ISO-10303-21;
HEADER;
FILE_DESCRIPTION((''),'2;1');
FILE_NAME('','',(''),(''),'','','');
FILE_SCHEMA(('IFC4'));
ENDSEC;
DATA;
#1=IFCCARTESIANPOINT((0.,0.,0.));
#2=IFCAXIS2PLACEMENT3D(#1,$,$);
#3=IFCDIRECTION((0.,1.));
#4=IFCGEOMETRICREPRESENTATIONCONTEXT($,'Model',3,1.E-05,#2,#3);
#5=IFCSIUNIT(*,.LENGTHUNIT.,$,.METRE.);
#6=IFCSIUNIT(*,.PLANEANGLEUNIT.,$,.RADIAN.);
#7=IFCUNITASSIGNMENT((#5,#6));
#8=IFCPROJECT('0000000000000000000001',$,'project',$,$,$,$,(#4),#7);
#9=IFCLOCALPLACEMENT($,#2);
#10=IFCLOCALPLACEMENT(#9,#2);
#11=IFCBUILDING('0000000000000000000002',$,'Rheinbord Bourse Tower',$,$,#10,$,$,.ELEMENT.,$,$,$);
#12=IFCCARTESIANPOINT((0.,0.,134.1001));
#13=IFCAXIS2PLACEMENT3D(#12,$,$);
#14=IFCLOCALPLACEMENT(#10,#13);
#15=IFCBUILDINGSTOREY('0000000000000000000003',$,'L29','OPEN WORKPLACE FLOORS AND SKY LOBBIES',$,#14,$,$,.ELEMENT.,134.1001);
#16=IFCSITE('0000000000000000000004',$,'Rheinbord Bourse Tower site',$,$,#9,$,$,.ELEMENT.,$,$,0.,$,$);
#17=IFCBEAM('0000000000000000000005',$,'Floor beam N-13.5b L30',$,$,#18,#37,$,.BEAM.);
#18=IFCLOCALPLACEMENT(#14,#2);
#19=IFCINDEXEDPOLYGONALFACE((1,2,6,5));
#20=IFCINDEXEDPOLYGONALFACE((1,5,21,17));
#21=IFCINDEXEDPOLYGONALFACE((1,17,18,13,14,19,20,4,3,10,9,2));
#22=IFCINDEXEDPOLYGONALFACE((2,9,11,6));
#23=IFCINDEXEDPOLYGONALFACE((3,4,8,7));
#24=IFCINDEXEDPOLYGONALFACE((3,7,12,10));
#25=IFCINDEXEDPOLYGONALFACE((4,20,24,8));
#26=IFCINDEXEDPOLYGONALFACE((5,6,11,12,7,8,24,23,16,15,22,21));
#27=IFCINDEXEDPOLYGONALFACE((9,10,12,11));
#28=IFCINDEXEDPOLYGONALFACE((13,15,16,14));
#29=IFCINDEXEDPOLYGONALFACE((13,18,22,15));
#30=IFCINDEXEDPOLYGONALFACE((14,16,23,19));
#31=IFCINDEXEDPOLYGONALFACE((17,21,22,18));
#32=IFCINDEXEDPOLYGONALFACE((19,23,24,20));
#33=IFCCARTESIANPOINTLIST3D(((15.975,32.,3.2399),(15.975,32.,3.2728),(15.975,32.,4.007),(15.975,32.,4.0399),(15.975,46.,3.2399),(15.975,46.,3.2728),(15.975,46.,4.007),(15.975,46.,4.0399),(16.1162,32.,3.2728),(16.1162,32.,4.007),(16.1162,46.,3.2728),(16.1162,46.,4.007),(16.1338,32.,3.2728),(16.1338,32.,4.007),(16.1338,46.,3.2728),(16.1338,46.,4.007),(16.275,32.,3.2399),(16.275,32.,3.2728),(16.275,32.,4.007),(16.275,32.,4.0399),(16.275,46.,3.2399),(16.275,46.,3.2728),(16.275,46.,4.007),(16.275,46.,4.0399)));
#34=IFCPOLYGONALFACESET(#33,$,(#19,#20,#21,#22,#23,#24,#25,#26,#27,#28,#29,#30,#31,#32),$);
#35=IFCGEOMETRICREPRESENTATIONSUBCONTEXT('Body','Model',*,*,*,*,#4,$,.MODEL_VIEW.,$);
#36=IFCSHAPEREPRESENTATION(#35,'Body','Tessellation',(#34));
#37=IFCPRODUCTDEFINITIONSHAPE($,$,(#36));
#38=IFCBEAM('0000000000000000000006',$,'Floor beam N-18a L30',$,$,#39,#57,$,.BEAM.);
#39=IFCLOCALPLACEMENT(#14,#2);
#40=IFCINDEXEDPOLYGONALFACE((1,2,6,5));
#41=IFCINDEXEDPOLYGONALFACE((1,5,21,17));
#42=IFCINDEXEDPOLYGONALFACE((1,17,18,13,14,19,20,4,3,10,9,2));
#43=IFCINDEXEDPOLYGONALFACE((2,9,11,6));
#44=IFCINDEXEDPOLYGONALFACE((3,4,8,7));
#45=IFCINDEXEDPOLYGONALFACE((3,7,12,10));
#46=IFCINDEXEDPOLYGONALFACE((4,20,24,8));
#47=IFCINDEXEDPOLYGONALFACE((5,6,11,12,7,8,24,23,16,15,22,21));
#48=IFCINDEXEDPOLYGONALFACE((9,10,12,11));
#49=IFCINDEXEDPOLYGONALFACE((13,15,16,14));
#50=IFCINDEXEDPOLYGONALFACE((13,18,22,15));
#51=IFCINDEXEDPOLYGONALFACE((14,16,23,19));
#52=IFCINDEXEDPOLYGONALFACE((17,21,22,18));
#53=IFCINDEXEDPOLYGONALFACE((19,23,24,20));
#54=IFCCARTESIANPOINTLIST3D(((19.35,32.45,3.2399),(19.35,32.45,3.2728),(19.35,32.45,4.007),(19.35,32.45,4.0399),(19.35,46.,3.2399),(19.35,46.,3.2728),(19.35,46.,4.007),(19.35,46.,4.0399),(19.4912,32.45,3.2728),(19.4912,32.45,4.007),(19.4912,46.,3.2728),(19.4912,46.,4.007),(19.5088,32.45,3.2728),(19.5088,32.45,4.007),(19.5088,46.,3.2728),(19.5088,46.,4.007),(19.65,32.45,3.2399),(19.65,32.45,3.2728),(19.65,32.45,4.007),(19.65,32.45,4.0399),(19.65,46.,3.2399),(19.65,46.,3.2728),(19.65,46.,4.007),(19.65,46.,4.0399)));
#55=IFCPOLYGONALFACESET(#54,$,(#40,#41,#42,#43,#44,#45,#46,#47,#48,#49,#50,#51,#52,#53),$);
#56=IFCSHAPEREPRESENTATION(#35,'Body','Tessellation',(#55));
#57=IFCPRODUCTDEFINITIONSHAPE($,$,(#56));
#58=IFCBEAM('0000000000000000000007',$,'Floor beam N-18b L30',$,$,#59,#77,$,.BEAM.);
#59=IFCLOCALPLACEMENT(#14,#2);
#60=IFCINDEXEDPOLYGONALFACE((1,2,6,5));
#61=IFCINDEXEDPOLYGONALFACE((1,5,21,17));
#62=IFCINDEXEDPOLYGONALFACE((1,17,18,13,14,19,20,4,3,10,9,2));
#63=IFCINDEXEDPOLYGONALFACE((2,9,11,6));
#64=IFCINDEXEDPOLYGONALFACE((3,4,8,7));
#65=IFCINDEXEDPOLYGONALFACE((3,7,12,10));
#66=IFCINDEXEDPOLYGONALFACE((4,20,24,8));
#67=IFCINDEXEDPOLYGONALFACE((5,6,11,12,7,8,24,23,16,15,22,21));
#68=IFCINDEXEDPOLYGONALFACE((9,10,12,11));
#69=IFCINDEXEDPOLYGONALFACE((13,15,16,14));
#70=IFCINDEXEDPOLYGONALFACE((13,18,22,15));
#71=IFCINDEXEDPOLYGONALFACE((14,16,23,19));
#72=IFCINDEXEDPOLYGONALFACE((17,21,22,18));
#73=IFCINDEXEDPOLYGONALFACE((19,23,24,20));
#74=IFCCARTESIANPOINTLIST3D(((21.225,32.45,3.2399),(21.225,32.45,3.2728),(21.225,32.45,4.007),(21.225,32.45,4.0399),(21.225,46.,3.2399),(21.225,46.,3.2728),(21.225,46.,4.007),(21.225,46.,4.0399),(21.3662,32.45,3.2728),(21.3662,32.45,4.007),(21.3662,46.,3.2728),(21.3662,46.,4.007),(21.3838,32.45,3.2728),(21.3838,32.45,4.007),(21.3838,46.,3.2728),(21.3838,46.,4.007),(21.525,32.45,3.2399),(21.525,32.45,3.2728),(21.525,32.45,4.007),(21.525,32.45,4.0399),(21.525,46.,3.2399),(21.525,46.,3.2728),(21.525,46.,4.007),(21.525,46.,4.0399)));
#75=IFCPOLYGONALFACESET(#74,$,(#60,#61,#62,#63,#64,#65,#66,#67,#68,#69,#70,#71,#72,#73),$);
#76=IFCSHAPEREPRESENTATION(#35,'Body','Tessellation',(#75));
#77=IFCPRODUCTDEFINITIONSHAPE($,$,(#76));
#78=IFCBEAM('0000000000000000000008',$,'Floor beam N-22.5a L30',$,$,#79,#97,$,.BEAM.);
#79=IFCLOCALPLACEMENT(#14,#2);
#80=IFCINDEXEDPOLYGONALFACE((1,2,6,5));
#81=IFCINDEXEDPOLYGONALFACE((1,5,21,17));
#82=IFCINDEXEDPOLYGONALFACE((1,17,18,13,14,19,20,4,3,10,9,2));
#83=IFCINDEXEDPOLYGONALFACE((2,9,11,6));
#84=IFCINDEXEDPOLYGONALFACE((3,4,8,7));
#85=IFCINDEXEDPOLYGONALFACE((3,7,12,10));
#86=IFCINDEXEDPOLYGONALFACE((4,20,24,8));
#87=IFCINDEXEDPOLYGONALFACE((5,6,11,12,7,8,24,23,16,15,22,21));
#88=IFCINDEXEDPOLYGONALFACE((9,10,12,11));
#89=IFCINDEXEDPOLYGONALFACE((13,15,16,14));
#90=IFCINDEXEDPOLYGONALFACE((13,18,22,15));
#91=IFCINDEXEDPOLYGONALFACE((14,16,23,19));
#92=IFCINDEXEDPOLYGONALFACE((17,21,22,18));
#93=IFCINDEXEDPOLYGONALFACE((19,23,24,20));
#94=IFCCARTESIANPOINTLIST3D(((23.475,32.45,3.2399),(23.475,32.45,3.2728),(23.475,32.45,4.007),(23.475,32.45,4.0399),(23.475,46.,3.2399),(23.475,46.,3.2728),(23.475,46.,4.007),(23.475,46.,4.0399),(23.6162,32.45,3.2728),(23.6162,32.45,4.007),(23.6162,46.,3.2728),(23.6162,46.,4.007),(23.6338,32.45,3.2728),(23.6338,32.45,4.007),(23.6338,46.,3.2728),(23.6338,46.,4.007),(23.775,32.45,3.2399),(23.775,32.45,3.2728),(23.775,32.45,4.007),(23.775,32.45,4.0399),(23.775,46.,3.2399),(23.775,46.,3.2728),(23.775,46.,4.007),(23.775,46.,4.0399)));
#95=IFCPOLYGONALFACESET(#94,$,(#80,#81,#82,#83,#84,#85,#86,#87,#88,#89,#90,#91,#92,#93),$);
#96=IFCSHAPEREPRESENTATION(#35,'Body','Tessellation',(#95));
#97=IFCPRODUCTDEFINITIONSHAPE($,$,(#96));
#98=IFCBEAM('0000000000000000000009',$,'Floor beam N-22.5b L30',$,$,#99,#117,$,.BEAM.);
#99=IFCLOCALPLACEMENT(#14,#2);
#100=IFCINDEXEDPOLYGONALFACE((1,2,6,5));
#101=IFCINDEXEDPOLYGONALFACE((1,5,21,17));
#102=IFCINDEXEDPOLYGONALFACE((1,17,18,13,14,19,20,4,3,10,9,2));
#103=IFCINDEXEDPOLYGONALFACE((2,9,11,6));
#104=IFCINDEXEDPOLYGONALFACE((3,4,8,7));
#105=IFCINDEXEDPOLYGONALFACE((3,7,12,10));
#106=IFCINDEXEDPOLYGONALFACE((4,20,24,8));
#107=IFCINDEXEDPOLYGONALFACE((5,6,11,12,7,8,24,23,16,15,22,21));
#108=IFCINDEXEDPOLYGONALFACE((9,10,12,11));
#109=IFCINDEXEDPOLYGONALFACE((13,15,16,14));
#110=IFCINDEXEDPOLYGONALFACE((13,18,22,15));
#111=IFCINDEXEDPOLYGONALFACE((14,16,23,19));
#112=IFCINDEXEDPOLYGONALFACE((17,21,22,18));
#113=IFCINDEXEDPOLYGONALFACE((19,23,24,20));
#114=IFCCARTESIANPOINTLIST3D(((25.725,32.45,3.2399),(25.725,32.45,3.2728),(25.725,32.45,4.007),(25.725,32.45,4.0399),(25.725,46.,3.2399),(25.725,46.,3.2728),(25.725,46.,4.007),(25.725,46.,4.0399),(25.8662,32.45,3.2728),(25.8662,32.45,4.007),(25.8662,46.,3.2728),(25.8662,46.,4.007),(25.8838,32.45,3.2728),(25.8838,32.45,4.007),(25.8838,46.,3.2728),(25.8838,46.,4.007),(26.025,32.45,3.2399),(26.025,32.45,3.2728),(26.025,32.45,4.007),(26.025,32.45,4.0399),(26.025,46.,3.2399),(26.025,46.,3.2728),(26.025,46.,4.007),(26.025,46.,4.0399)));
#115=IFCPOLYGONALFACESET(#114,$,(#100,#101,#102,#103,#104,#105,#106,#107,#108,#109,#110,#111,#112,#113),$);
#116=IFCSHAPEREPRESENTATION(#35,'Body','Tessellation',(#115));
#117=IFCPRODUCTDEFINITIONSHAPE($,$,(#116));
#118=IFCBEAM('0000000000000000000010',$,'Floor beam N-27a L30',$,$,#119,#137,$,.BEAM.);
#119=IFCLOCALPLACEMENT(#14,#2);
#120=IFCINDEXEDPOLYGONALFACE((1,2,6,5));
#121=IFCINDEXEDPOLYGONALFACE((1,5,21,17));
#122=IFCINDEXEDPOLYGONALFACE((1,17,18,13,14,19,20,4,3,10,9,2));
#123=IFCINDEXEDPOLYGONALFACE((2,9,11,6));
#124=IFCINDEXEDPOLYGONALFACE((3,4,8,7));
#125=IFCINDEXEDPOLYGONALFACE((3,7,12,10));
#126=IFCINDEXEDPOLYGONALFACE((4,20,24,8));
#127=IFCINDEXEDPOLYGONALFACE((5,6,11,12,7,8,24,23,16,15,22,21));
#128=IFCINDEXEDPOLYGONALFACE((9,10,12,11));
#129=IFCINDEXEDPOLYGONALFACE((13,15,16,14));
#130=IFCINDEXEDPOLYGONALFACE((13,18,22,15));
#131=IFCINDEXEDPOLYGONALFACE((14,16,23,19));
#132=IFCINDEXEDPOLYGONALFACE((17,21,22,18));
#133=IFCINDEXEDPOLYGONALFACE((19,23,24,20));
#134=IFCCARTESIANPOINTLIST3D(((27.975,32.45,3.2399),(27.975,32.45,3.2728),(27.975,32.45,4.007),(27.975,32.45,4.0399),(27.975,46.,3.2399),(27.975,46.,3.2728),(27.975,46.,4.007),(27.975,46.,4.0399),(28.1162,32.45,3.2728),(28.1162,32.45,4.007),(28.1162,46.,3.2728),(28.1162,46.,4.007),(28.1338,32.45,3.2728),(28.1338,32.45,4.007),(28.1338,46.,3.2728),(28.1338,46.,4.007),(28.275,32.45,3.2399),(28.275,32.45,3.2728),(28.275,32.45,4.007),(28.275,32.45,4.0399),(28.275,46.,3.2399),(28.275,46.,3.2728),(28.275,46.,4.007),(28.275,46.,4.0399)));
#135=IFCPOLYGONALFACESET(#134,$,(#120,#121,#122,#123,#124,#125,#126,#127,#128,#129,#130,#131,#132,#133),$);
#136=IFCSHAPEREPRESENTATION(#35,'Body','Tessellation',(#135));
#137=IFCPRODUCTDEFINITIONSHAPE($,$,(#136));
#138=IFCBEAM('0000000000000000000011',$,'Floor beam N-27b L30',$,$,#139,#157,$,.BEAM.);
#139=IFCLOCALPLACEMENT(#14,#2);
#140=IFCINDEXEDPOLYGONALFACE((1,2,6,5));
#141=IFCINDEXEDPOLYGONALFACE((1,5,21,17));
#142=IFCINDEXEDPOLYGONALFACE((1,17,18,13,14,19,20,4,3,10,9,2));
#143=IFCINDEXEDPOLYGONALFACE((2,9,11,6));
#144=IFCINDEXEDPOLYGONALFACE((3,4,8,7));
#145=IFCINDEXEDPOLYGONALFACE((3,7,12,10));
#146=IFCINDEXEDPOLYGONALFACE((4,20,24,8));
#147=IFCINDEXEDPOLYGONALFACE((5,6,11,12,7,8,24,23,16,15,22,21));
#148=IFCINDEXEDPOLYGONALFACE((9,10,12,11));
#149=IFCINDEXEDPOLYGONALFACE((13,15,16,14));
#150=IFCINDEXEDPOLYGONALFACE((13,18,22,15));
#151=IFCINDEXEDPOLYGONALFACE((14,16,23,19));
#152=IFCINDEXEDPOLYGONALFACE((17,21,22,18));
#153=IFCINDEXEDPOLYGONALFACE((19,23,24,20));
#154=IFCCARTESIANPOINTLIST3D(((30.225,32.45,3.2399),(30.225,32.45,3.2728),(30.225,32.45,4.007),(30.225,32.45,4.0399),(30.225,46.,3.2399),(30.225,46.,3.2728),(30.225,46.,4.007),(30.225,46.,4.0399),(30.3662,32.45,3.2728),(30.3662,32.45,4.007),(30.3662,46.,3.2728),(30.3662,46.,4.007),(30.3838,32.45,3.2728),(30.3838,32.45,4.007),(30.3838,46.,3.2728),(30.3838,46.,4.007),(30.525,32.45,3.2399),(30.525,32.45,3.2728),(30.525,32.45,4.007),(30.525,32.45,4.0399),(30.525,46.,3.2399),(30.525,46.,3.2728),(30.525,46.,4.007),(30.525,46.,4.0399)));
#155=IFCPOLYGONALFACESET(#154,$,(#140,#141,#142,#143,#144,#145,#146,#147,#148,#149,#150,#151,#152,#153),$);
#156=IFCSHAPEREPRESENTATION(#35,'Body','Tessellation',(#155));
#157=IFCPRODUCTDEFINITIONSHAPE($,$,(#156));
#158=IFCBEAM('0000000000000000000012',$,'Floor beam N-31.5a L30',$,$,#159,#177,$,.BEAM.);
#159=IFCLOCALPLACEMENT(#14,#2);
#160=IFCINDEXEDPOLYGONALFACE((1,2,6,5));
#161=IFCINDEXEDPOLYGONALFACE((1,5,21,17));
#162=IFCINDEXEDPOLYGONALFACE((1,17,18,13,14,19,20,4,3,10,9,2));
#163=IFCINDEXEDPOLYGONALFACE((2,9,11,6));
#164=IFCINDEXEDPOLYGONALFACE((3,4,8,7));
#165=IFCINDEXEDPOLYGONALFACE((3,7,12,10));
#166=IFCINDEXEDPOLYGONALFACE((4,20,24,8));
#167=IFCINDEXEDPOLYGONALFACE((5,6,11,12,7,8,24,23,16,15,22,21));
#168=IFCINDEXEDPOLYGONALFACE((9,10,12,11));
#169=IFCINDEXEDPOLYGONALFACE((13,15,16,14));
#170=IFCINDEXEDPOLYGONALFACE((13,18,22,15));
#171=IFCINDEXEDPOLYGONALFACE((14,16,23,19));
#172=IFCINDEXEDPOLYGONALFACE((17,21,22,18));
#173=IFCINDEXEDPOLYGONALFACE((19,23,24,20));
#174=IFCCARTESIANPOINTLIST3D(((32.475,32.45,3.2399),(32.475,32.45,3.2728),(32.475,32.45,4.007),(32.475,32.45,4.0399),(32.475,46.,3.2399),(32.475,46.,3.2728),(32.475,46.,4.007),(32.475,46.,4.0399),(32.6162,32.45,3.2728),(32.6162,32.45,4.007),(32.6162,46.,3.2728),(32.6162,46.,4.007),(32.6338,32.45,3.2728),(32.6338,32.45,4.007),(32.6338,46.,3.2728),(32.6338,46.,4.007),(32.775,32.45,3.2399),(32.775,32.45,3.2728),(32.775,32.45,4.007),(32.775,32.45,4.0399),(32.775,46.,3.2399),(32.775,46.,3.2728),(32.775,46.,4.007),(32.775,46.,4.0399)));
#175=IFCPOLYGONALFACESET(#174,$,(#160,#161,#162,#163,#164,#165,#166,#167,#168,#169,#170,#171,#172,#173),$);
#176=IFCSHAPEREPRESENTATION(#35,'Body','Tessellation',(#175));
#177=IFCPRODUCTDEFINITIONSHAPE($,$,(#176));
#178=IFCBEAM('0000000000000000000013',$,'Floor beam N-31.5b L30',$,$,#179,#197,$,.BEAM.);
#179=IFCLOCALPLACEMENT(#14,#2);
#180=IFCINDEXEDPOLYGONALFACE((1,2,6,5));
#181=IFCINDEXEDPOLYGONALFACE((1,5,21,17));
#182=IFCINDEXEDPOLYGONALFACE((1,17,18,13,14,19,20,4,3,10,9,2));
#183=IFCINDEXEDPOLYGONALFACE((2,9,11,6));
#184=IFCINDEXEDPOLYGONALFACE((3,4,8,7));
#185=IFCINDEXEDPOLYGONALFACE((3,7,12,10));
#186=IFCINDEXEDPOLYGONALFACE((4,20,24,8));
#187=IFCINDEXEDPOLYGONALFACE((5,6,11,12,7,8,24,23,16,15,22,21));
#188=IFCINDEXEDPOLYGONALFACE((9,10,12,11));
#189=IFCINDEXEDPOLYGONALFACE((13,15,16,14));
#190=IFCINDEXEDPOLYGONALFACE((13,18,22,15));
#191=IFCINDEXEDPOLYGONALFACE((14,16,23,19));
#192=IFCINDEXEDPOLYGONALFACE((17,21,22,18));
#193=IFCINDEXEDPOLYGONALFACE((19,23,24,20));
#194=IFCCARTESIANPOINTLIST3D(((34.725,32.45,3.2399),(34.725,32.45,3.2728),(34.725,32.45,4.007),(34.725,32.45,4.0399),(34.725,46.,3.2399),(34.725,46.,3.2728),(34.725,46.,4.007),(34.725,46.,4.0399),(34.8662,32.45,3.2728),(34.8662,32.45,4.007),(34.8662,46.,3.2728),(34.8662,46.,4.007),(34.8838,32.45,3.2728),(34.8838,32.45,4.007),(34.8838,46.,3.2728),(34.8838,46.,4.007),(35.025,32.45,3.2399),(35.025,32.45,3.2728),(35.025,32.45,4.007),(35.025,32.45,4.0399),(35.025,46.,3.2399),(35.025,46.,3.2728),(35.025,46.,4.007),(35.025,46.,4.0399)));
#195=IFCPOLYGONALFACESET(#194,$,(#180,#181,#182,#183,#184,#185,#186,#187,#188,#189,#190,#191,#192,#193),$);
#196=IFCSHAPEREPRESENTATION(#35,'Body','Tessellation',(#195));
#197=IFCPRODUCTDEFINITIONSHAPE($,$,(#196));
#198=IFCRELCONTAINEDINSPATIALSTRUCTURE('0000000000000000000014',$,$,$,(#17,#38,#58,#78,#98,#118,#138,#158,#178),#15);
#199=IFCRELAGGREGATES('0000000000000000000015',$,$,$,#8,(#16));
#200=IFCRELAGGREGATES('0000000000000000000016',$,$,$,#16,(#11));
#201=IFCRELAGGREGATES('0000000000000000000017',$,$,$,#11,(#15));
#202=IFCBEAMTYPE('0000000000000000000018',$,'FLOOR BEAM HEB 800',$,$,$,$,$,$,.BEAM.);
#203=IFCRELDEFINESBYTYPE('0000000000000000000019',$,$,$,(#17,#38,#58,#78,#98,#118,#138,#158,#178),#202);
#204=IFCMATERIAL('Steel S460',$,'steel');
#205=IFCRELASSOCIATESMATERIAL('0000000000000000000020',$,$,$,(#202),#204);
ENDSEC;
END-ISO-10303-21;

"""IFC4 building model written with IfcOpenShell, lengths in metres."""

from ifc_helpers import new_model, si_unit, direction, frame, origin, origin_2d, place, context, subcontext, project, spatial, i_section, extrude, material, material_profile, profile_set, type_object, element, save


model = new_model("IFC4")

# Units and contexts
model_context = context("Model", 3, precision=1e-05, world=origin(), true_north=direction((0.0, 1.0)))
body_context = subcontext(model_context, "Body", "Model", "MODEL_VIEW")
ifc_project = project(units=[si_unit("LENGTHUNIT", "METRE"), si_unit("PLANEANGLEUNIT", "RADIAN")], contexts=[model_context])

# Site, building, storey
site_placement = place(None, origin())
site = spatial("IfcSite", under=ifc_project, at=site_placement, Name="Rheinbord Bourse Tower site", CompositionType="ELEMENT", RefElevation=0.0)
building_placement = place(site_placement, origin())
building = spatial("IfcBuilding", under=site, at=building_placement, Name="Rheinbord Bourse Tower", CompositionType="ELEMENT")
storey_placement = place(building_placement, frame((0.0, 0.0, 134.1001)))
storey = spatial("IfcBuildingStorey", under=building, at=storey_placement, Name="L29", Description="OPEN WORKPLACE FLOORS AND SKY LOBBIES", CompositionType="ELEMENT", Elevation=134.1001)

# Beams
ifc_material_1 = material(Name="Steel S460", Category="steel")
ifc_material_profile_1 = material_profile(ifc_material_1, i_section(OverallWidth=0.3, OverallDepth=0.8, WebThickness=0.0176, FlangeThickness=0.033, at=origin_2d()), Name="HEB 800")
ifc_profile_set_1 = profile_set([ifc_material_profile_1], Name="Steel S460")
beam_type_1 = type_object("IfcBeamType", Name="FLOOR BEAM HEB 800", PredefinedType="BEAM", material=ifc_profile_set_1)
beam_placement = place(storey_placement, frame((16.125, 46.0, 3.6399), z_axis=(0.0, -1.0, 0.0), x_axis=(1.0, 0.0, 0.0)))
element("IfcBeam", 1, at=beam_placement, inside=storey, type_object=beam_type_1, Name="Floor beam N-13.5b L30", PredefinedType="BEAM", context=body_context, shape_type="SweptSolid", body=[
    extrude(i_section(OverallWidth=0.3, OverallDepth=0.8, WebThickness=0.0176, FlangeThickness=0.033, at=origin_2d()), origin(), (0.0, 0.0, 1.0), 14.0),
])
for number, where, z_axis, x_axis, name in (
    (2, (19.5, 46.0, 3.6399), (0.0, -1.0, 0.0), (1.0, 0.0, 0.0), "Floor beam N-18a L30"),
    (3, (21.375, 46.0, 3.6399), (0.0, -1.0, 0.0), (1.0, 0.0, 0.0), "Floor beam N-18b L30"),
    (4, (23.625, 46.0, 3.6399), (0.0, -1.0, 0.0), (1.0, 0.0, 0.0), "Floor beam N-22.5a L30"),
    (5, (25.875, 46.0, 3.6399), (0.0, -1.0, 0.0), (1.0, 0.0, 0.0), "Floor beam N-22.5b L30"),
    (6, (28.125, 46.0, 3.6399), (0.0, -1.0, 0.0), (1.0, 0.0, 0.0), "Floor beam N-27a L30"),
    (7, (30.375, 46.0, 3.6399), (0.0, -1.0, 0.0), (1.0, 0.0, 0.0), "Floor beam N-27b L30"),
    (8, (32.625, 46.0, 3.6399), (0.0, -1.0, 0.0), (1.0, 0.0, 0.0), "Floor beam N-31.5a L30"),
    (9, (34.875, 46.0, 3.6399), (0.0, -1.0, 0.0), (1.0, 0.0, 0.0), "Floor beam N-31.5b L30"),
):
    element("IfcBeam", number, at=place(storey_placement, frame(where, z_axis=z_axis, x_axis=x_axis)), inside=storey, type_object=beam_type_1, Name=name, PredefinedType="BEAM", context=body_context, shape_type="SweptSolid", body=[
        extrude(i_section(OverallWidth=0.3, OverallDepth=0.8, WebThickness=0.0176, FlangeThickness=0.033, at=origin_2d()), origin(), (0.0, 0.0, 1.0), 13.55),
    ])

save(model, "model.ifc")
